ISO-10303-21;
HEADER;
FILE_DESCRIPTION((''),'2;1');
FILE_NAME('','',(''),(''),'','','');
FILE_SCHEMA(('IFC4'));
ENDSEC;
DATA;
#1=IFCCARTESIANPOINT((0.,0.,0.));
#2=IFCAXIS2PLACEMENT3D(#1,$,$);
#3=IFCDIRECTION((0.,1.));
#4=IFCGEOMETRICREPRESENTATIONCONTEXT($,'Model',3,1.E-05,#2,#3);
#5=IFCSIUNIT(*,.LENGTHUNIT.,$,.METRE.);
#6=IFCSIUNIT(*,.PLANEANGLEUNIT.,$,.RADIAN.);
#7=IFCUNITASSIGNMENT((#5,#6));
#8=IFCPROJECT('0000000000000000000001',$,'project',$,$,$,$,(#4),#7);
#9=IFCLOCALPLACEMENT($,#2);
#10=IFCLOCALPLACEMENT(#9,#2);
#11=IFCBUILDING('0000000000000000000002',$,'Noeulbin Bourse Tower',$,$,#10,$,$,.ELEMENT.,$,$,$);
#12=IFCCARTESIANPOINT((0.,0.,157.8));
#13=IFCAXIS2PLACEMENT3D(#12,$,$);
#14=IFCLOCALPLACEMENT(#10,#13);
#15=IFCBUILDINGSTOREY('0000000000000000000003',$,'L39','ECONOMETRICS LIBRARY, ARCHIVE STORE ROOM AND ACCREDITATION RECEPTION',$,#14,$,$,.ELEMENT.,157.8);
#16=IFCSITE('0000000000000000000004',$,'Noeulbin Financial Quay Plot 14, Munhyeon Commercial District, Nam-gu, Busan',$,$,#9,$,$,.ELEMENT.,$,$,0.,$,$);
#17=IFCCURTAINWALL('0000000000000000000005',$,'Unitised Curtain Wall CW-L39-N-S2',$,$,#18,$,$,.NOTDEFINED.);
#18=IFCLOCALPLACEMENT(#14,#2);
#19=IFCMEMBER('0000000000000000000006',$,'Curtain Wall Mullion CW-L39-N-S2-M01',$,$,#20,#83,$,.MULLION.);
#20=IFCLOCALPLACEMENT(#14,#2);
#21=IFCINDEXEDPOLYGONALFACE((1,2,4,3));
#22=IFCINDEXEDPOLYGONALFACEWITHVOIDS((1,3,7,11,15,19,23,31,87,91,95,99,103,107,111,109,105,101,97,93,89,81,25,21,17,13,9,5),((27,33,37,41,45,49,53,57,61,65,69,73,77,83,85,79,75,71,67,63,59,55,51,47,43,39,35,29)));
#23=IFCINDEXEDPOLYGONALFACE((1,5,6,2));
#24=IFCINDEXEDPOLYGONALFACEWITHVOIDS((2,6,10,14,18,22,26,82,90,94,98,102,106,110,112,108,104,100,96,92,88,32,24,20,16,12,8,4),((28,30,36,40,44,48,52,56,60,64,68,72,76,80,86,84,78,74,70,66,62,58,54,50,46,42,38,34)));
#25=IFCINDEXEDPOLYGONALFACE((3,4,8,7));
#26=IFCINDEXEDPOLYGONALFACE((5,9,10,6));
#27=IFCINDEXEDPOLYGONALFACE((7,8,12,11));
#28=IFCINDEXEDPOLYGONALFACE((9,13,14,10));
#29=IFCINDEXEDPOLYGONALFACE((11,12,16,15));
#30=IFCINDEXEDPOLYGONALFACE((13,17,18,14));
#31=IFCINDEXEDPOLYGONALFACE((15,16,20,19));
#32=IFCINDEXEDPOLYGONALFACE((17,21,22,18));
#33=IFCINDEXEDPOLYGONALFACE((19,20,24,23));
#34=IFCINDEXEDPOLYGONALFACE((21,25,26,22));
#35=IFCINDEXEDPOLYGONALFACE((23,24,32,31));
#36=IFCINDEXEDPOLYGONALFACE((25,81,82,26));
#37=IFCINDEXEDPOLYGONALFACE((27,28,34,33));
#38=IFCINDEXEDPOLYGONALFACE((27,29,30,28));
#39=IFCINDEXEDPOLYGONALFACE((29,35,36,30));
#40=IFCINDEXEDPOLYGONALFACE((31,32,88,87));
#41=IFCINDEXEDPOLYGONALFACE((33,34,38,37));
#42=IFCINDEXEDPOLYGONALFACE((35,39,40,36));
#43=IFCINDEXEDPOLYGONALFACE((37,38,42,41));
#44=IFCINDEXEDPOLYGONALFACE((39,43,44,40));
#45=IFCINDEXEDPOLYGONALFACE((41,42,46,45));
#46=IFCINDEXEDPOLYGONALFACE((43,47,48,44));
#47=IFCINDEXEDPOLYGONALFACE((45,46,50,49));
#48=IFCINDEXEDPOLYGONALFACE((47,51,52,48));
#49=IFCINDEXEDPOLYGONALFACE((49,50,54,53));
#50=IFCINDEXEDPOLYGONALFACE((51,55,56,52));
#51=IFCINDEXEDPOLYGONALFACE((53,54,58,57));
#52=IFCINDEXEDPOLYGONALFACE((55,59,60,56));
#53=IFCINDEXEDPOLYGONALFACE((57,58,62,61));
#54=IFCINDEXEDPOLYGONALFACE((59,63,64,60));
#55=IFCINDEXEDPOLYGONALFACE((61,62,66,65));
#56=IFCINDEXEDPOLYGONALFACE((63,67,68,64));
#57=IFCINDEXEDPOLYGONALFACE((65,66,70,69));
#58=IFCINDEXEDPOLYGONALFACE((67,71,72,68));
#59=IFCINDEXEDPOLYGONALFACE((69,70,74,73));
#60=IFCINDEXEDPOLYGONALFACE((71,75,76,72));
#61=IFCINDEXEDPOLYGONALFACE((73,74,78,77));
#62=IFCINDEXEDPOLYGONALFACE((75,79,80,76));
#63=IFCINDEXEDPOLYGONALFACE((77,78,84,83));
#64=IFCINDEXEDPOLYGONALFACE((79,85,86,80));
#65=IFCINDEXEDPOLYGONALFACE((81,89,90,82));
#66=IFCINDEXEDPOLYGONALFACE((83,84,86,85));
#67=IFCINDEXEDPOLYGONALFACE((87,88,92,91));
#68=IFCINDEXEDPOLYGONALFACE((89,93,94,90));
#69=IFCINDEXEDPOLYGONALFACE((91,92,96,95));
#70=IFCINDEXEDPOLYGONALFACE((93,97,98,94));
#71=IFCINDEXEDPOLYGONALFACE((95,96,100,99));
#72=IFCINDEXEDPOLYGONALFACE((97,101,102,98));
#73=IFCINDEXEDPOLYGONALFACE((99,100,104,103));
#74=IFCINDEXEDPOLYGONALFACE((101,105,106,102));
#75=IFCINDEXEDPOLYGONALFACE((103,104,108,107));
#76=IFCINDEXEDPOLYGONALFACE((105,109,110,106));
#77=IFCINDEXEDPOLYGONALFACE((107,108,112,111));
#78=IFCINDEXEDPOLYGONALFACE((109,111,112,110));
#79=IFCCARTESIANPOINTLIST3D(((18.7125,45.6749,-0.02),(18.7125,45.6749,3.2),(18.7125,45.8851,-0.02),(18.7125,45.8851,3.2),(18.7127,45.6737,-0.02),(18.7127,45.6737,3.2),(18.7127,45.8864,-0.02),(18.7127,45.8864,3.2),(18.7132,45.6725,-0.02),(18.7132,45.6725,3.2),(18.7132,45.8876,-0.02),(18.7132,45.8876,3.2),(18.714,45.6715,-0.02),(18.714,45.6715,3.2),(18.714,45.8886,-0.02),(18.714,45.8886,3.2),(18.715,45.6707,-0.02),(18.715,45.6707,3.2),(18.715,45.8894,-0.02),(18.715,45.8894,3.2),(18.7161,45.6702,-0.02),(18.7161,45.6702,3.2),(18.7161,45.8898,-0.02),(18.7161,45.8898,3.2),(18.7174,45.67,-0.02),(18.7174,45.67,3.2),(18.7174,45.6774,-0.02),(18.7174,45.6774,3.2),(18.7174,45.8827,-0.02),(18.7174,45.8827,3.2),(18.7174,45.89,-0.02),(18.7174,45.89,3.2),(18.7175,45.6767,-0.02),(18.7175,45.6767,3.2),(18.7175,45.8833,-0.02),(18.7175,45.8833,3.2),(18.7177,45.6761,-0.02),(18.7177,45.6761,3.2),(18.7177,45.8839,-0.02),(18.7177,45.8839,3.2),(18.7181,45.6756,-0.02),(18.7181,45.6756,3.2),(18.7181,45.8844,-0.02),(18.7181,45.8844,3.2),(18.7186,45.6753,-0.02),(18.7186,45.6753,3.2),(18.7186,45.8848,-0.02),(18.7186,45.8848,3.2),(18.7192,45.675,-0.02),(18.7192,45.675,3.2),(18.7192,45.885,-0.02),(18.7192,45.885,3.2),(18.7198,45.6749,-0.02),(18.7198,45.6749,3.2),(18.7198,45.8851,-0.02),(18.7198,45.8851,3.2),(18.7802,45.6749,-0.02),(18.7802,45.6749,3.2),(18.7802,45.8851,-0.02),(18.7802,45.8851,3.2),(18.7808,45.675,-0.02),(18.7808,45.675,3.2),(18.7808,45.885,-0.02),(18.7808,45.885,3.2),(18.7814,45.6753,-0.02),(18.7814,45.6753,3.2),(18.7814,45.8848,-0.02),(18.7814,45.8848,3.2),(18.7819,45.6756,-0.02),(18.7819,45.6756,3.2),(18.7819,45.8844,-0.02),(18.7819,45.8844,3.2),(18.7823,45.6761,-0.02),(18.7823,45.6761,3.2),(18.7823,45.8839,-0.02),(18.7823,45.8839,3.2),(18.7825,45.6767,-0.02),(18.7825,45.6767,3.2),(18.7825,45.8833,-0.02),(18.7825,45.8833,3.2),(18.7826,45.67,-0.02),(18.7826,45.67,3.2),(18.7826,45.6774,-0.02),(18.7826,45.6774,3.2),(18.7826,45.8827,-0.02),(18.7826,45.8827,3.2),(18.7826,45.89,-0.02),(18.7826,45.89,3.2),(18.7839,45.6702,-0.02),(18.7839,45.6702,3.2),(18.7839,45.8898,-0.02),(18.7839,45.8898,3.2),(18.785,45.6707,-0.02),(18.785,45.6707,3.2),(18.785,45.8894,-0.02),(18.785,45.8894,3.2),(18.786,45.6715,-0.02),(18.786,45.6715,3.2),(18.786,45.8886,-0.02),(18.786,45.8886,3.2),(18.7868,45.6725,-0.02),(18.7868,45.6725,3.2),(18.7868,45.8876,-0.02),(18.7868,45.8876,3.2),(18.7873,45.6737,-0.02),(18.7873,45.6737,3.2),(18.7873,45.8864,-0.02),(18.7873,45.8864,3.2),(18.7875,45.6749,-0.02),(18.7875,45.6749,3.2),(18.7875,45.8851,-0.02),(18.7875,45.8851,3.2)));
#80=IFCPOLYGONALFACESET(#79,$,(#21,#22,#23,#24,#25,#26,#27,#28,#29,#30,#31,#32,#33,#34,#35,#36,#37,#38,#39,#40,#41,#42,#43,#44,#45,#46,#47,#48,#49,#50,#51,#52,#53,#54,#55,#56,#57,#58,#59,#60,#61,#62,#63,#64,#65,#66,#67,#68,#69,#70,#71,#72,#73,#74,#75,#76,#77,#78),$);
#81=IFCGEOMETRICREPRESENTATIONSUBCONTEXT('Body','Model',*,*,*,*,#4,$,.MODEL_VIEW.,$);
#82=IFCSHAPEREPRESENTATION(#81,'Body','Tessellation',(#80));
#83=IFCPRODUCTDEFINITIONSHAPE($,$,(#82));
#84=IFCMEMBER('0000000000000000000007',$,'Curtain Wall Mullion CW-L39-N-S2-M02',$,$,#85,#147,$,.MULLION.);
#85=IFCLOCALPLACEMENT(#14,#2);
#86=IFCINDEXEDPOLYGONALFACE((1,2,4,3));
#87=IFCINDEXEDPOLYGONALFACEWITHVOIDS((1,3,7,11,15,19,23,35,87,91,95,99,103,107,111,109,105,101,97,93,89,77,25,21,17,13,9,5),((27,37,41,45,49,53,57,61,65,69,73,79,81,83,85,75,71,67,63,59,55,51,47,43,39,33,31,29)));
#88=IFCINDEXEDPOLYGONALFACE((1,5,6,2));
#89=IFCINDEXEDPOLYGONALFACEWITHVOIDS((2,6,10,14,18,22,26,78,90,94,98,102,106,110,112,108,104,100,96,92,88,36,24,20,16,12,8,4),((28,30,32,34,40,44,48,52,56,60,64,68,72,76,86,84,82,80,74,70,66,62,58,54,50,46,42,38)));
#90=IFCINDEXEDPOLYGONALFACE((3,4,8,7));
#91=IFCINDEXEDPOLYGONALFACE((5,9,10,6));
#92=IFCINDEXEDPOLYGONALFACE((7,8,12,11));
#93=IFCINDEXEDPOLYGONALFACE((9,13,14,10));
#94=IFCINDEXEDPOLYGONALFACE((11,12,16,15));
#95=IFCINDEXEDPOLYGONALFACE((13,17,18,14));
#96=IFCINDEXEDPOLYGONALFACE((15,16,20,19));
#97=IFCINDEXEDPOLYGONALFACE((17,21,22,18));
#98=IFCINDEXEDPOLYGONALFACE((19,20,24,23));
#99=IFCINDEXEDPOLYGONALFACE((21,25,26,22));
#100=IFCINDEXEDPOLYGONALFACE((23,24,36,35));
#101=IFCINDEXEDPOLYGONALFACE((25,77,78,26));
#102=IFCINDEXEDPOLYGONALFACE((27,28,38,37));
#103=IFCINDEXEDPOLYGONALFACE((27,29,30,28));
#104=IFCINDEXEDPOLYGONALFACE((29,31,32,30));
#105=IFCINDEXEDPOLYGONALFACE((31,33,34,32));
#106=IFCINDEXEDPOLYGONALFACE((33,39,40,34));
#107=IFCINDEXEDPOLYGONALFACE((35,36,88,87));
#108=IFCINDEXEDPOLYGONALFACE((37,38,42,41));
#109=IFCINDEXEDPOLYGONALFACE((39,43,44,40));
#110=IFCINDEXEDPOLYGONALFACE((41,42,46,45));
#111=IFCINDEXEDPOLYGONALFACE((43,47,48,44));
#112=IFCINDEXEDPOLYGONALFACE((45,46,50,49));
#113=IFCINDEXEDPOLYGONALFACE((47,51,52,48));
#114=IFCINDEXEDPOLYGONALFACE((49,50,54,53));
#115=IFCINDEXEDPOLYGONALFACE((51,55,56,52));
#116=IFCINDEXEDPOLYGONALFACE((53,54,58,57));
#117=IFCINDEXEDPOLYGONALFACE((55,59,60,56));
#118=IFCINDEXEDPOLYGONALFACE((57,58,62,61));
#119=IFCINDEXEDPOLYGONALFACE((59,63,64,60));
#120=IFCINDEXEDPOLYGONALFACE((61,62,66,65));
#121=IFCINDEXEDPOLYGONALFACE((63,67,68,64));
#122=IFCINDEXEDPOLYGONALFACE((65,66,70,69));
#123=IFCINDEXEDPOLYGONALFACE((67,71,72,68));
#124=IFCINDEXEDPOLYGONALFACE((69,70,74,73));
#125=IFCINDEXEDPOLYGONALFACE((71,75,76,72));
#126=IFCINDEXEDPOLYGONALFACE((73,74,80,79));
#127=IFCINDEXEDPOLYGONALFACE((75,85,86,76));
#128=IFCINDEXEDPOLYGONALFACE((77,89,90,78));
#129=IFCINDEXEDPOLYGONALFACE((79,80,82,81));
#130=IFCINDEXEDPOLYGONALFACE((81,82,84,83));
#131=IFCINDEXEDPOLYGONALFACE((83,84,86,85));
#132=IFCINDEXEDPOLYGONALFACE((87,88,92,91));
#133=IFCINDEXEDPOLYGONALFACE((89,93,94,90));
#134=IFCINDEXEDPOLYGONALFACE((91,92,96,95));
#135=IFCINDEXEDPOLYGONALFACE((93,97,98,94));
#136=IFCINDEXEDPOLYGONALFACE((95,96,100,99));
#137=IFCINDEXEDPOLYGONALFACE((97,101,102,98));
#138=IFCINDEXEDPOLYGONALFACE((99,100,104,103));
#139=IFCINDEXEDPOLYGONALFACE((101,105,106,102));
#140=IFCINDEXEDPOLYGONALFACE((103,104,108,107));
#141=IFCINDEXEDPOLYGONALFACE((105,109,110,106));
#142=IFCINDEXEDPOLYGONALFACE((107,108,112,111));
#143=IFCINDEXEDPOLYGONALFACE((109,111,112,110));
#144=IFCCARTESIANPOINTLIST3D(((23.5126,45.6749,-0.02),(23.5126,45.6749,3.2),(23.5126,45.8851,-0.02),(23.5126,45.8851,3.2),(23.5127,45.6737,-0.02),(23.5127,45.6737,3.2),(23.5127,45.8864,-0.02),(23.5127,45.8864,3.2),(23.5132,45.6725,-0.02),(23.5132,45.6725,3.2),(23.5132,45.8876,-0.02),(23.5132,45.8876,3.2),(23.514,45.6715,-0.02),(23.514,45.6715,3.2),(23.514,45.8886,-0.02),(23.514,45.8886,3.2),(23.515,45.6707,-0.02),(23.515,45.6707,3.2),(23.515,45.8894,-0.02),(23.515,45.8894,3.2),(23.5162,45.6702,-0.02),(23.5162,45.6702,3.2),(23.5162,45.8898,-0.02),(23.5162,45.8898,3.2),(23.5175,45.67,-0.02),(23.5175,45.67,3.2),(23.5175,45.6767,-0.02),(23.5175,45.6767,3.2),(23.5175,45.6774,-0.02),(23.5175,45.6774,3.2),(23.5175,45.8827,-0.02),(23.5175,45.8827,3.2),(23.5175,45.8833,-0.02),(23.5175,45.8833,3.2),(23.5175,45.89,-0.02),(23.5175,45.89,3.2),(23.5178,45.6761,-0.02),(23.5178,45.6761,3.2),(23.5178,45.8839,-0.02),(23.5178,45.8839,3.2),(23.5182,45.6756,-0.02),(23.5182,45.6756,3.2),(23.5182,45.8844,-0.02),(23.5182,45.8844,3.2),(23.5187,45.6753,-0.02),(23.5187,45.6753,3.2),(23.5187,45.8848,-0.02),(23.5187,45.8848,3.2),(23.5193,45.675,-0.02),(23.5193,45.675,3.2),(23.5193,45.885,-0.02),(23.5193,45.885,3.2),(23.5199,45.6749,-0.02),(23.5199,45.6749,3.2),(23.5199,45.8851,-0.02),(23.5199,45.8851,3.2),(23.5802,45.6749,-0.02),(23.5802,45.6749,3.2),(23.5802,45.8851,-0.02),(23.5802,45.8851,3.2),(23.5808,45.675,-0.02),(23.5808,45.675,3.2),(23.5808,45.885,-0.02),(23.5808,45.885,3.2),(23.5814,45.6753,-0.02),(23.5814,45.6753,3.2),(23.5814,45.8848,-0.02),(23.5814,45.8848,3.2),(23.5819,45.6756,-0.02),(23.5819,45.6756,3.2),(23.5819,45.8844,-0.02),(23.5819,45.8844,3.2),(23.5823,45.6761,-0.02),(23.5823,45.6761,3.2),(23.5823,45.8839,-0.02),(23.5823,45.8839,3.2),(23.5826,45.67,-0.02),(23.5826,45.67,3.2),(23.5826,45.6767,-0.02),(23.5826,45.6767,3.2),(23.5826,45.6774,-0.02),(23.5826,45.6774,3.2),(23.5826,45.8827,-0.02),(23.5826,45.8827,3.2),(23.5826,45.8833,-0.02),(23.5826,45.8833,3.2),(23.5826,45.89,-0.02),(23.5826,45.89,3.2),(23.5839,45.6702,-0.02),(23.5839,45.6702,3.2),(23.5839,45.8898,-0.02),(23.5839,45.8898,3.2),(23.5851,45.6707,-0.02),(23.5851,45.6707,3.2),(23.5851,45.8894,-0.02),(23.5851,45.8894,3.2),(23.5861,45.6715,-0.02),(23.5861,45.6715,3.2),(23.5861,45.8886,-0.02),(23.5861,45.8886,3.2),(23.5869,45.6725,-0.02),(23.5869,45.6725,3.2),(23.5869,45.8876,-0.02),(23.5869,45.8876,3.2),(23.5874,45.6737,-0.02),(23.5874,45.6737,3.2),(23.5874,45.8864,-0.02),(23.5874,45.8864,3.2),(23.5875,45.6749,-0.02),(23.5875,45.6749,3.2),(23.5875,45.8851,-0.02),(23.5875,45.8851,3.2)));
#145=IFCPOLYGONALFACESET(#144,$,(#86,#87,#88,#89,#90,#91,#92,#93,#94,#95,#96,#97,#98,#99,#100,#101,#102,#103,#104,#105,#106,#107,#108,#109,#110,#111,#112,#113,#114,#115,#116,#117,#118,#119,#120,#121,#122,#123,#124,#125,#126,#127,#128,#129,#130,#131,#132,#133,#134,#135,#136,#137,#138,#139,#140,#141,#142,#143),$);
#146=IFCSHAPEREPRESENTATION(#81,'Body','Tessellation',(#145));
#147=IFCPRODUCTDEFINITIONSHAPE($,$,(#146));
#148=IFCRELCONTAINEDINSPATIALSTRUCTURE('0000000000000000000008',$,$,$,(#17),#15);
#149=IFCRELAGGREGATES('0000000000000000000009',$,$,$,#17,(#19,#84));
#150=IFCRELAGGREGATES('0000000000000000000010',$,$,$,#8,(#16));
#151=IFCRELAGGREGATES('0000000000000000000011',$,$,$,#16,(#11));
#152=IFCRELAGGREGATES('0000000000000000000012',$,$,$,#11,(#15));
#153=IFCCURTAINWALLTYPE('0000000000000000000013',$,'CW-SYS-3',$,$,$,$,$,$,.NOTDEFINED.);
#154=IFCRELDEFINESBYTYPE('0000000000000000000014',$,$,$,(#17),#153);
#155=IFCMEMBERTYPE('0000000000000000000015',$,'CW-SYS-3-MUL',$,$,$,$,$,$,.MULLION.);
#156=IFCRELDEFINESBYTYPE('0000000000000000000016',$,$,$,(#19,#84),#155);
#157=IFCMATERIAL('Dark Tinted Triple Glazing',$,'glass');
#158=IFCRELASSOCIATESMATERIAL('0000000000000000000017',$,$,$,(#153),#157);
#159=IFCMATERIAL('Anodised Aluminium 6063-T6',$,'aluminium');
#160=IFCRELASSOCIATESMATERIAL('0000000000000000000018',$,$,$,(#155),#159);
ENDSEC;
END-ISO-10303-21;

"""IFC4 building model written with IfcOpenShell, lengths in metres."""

from ifc_helpers import new_model, si_unit, direction, frame, origin, origin_2d, place, context, subcontext, project, spatial, hollow_rectangle, extrude, material, material_profile, profile_set, type_object, element, aggregate, save


model = new_model("IFC4")

# Units and contexts
model_context = context("Model", 3, precision=1e-05, world=origin(), true_north=direction((0.0, 1.0)))
body_context = subcontext(model_context, "Body", "Model", "MODEL_VIEW")
ifc_project = project(units=[si_unit("LENGTHUNIT", "METRE"), si_unit("PLANEANGLEUNIT", "RADIAN")], contexts=[model_context])

# Site, building, storey
site_placement = place(None, origin())
site = spatial("IfcSite", under=ifc_project, at=site_placement, Name="Noeulbin Financial Quay Plot 14, Munhyeon Commercial District, Nam-gu, Busan", CompositionType="ELEMENT", RefElevation=0.0)
building_placement = place(site_placement, origin())
building = spatial("IfcBuilding", under=site, at=building_placement, Name="Noeulbin Bourse Tower", CompositionType="ELEMENT")
storey_placement = place(building_placement, frame((0.0, 0.0, 157.8)))
storey = spatial("IfcBuildingStorey", under=building, at=storey_placement, Name="L39", Description="ECONOMETRICS LIBRARY, ARCHIVE STORE ROOM AND ACCREDITATION RECEPTION", CompositionType="ELEMENT", Elevation=157.8)

# Curtain wall, members
ifc_material_1 = material(Name="Dark Tinted Triple Glazing", Category="glass")
curtain_wall_type = type_object("IfcCurtainWallType", Name="CW-SYS-3", PredefinedType="NOTDEFINED", material=ifc_material_1)
curtain_wall_1_placement = place(storey_placement, origin())
curtain_wall_1 = element("IfcCurtainWall", 1, at=curtain_wall_1_placement, inside=storey, type_object=curtain_wall_type, Name="Unitised Curtain Wall CW-L39-N-S2", PredefinedType="NOTDEFINED")
ifc_material_2 = material(Name="Anodised Aluminium 6063-T6", Category="aluminium")
ifc_material_profile_1 = material_profile(ifc_material_2, hollow_rectangle(XDim=0.075, YDim=0.22, WallThickness=0.0049, InnerFilletRadius=0.0024, OuterFilletRadius=0.0049, at=origin_2d()), Name="ALU-MULL-75x220x5", Category="LoadBearing")
ifc_profile_set_1 = profile_set([ifc_material_profile_1], Name="Anodised Aluminium 6063-T6")
member_type_1 = type_object("IfcMemberType", Name="CW-SYS-3-MUL", PredefinedType="MULLION", material=ifc_profile_set_1)
member_1_placement = place(storey_placement, frame((18.75, 45.78, -0.02), z_axis=(0.0, 0.0, 1.0), x_axis=(1.0, 0.0, 0.0)))
member_1 = element("IfcMember", 2, at=member_1_placement, type_object=member_type_1, Name="Curtain Wall Mullion CW-L39-N-S2-M01", PredefinedType="MULLION", context=body_context, shape_type="SweptSolid", body=[
    extrude(hollow_rectangle(XDim=0.075, YDim=0.22, WallThickness=0.0049, InnerFilletRadius=0.0024, OuterFilletRadius=0.0049, at=origin_2d()), origin(), (0.0, 0.0, 1.0), 3.22),
])
member_2_placement = place(storey_placement, frame((23.55, 45.78, -0.02), z_axis=(0.0, 0.0, 1.0), x_axis=(1.0, 0.0, 0.0)))
member_2 = element("IfcMember", 3, at=member_2_placement, type_object=member_type_1, Name="Curtain Wall Mullion CW-L39-N-S2-M02", PredefinedType="MULLION", context=body_context, shape_type="SweptSolid", body=[
    extrude(hollow_rectangle(XDim=0.075, YDim=0.22, WallThickness=0.0049, InnerFilletRadius=0.0024, OuterFilletRadius=0.0049, at=origin_2d()), origin(), (0.0, 0.0, 1.0), 3.22),
])

aggregate(curtain_wall_1, [member_1, member_2])

save(model, "model.ifc")
